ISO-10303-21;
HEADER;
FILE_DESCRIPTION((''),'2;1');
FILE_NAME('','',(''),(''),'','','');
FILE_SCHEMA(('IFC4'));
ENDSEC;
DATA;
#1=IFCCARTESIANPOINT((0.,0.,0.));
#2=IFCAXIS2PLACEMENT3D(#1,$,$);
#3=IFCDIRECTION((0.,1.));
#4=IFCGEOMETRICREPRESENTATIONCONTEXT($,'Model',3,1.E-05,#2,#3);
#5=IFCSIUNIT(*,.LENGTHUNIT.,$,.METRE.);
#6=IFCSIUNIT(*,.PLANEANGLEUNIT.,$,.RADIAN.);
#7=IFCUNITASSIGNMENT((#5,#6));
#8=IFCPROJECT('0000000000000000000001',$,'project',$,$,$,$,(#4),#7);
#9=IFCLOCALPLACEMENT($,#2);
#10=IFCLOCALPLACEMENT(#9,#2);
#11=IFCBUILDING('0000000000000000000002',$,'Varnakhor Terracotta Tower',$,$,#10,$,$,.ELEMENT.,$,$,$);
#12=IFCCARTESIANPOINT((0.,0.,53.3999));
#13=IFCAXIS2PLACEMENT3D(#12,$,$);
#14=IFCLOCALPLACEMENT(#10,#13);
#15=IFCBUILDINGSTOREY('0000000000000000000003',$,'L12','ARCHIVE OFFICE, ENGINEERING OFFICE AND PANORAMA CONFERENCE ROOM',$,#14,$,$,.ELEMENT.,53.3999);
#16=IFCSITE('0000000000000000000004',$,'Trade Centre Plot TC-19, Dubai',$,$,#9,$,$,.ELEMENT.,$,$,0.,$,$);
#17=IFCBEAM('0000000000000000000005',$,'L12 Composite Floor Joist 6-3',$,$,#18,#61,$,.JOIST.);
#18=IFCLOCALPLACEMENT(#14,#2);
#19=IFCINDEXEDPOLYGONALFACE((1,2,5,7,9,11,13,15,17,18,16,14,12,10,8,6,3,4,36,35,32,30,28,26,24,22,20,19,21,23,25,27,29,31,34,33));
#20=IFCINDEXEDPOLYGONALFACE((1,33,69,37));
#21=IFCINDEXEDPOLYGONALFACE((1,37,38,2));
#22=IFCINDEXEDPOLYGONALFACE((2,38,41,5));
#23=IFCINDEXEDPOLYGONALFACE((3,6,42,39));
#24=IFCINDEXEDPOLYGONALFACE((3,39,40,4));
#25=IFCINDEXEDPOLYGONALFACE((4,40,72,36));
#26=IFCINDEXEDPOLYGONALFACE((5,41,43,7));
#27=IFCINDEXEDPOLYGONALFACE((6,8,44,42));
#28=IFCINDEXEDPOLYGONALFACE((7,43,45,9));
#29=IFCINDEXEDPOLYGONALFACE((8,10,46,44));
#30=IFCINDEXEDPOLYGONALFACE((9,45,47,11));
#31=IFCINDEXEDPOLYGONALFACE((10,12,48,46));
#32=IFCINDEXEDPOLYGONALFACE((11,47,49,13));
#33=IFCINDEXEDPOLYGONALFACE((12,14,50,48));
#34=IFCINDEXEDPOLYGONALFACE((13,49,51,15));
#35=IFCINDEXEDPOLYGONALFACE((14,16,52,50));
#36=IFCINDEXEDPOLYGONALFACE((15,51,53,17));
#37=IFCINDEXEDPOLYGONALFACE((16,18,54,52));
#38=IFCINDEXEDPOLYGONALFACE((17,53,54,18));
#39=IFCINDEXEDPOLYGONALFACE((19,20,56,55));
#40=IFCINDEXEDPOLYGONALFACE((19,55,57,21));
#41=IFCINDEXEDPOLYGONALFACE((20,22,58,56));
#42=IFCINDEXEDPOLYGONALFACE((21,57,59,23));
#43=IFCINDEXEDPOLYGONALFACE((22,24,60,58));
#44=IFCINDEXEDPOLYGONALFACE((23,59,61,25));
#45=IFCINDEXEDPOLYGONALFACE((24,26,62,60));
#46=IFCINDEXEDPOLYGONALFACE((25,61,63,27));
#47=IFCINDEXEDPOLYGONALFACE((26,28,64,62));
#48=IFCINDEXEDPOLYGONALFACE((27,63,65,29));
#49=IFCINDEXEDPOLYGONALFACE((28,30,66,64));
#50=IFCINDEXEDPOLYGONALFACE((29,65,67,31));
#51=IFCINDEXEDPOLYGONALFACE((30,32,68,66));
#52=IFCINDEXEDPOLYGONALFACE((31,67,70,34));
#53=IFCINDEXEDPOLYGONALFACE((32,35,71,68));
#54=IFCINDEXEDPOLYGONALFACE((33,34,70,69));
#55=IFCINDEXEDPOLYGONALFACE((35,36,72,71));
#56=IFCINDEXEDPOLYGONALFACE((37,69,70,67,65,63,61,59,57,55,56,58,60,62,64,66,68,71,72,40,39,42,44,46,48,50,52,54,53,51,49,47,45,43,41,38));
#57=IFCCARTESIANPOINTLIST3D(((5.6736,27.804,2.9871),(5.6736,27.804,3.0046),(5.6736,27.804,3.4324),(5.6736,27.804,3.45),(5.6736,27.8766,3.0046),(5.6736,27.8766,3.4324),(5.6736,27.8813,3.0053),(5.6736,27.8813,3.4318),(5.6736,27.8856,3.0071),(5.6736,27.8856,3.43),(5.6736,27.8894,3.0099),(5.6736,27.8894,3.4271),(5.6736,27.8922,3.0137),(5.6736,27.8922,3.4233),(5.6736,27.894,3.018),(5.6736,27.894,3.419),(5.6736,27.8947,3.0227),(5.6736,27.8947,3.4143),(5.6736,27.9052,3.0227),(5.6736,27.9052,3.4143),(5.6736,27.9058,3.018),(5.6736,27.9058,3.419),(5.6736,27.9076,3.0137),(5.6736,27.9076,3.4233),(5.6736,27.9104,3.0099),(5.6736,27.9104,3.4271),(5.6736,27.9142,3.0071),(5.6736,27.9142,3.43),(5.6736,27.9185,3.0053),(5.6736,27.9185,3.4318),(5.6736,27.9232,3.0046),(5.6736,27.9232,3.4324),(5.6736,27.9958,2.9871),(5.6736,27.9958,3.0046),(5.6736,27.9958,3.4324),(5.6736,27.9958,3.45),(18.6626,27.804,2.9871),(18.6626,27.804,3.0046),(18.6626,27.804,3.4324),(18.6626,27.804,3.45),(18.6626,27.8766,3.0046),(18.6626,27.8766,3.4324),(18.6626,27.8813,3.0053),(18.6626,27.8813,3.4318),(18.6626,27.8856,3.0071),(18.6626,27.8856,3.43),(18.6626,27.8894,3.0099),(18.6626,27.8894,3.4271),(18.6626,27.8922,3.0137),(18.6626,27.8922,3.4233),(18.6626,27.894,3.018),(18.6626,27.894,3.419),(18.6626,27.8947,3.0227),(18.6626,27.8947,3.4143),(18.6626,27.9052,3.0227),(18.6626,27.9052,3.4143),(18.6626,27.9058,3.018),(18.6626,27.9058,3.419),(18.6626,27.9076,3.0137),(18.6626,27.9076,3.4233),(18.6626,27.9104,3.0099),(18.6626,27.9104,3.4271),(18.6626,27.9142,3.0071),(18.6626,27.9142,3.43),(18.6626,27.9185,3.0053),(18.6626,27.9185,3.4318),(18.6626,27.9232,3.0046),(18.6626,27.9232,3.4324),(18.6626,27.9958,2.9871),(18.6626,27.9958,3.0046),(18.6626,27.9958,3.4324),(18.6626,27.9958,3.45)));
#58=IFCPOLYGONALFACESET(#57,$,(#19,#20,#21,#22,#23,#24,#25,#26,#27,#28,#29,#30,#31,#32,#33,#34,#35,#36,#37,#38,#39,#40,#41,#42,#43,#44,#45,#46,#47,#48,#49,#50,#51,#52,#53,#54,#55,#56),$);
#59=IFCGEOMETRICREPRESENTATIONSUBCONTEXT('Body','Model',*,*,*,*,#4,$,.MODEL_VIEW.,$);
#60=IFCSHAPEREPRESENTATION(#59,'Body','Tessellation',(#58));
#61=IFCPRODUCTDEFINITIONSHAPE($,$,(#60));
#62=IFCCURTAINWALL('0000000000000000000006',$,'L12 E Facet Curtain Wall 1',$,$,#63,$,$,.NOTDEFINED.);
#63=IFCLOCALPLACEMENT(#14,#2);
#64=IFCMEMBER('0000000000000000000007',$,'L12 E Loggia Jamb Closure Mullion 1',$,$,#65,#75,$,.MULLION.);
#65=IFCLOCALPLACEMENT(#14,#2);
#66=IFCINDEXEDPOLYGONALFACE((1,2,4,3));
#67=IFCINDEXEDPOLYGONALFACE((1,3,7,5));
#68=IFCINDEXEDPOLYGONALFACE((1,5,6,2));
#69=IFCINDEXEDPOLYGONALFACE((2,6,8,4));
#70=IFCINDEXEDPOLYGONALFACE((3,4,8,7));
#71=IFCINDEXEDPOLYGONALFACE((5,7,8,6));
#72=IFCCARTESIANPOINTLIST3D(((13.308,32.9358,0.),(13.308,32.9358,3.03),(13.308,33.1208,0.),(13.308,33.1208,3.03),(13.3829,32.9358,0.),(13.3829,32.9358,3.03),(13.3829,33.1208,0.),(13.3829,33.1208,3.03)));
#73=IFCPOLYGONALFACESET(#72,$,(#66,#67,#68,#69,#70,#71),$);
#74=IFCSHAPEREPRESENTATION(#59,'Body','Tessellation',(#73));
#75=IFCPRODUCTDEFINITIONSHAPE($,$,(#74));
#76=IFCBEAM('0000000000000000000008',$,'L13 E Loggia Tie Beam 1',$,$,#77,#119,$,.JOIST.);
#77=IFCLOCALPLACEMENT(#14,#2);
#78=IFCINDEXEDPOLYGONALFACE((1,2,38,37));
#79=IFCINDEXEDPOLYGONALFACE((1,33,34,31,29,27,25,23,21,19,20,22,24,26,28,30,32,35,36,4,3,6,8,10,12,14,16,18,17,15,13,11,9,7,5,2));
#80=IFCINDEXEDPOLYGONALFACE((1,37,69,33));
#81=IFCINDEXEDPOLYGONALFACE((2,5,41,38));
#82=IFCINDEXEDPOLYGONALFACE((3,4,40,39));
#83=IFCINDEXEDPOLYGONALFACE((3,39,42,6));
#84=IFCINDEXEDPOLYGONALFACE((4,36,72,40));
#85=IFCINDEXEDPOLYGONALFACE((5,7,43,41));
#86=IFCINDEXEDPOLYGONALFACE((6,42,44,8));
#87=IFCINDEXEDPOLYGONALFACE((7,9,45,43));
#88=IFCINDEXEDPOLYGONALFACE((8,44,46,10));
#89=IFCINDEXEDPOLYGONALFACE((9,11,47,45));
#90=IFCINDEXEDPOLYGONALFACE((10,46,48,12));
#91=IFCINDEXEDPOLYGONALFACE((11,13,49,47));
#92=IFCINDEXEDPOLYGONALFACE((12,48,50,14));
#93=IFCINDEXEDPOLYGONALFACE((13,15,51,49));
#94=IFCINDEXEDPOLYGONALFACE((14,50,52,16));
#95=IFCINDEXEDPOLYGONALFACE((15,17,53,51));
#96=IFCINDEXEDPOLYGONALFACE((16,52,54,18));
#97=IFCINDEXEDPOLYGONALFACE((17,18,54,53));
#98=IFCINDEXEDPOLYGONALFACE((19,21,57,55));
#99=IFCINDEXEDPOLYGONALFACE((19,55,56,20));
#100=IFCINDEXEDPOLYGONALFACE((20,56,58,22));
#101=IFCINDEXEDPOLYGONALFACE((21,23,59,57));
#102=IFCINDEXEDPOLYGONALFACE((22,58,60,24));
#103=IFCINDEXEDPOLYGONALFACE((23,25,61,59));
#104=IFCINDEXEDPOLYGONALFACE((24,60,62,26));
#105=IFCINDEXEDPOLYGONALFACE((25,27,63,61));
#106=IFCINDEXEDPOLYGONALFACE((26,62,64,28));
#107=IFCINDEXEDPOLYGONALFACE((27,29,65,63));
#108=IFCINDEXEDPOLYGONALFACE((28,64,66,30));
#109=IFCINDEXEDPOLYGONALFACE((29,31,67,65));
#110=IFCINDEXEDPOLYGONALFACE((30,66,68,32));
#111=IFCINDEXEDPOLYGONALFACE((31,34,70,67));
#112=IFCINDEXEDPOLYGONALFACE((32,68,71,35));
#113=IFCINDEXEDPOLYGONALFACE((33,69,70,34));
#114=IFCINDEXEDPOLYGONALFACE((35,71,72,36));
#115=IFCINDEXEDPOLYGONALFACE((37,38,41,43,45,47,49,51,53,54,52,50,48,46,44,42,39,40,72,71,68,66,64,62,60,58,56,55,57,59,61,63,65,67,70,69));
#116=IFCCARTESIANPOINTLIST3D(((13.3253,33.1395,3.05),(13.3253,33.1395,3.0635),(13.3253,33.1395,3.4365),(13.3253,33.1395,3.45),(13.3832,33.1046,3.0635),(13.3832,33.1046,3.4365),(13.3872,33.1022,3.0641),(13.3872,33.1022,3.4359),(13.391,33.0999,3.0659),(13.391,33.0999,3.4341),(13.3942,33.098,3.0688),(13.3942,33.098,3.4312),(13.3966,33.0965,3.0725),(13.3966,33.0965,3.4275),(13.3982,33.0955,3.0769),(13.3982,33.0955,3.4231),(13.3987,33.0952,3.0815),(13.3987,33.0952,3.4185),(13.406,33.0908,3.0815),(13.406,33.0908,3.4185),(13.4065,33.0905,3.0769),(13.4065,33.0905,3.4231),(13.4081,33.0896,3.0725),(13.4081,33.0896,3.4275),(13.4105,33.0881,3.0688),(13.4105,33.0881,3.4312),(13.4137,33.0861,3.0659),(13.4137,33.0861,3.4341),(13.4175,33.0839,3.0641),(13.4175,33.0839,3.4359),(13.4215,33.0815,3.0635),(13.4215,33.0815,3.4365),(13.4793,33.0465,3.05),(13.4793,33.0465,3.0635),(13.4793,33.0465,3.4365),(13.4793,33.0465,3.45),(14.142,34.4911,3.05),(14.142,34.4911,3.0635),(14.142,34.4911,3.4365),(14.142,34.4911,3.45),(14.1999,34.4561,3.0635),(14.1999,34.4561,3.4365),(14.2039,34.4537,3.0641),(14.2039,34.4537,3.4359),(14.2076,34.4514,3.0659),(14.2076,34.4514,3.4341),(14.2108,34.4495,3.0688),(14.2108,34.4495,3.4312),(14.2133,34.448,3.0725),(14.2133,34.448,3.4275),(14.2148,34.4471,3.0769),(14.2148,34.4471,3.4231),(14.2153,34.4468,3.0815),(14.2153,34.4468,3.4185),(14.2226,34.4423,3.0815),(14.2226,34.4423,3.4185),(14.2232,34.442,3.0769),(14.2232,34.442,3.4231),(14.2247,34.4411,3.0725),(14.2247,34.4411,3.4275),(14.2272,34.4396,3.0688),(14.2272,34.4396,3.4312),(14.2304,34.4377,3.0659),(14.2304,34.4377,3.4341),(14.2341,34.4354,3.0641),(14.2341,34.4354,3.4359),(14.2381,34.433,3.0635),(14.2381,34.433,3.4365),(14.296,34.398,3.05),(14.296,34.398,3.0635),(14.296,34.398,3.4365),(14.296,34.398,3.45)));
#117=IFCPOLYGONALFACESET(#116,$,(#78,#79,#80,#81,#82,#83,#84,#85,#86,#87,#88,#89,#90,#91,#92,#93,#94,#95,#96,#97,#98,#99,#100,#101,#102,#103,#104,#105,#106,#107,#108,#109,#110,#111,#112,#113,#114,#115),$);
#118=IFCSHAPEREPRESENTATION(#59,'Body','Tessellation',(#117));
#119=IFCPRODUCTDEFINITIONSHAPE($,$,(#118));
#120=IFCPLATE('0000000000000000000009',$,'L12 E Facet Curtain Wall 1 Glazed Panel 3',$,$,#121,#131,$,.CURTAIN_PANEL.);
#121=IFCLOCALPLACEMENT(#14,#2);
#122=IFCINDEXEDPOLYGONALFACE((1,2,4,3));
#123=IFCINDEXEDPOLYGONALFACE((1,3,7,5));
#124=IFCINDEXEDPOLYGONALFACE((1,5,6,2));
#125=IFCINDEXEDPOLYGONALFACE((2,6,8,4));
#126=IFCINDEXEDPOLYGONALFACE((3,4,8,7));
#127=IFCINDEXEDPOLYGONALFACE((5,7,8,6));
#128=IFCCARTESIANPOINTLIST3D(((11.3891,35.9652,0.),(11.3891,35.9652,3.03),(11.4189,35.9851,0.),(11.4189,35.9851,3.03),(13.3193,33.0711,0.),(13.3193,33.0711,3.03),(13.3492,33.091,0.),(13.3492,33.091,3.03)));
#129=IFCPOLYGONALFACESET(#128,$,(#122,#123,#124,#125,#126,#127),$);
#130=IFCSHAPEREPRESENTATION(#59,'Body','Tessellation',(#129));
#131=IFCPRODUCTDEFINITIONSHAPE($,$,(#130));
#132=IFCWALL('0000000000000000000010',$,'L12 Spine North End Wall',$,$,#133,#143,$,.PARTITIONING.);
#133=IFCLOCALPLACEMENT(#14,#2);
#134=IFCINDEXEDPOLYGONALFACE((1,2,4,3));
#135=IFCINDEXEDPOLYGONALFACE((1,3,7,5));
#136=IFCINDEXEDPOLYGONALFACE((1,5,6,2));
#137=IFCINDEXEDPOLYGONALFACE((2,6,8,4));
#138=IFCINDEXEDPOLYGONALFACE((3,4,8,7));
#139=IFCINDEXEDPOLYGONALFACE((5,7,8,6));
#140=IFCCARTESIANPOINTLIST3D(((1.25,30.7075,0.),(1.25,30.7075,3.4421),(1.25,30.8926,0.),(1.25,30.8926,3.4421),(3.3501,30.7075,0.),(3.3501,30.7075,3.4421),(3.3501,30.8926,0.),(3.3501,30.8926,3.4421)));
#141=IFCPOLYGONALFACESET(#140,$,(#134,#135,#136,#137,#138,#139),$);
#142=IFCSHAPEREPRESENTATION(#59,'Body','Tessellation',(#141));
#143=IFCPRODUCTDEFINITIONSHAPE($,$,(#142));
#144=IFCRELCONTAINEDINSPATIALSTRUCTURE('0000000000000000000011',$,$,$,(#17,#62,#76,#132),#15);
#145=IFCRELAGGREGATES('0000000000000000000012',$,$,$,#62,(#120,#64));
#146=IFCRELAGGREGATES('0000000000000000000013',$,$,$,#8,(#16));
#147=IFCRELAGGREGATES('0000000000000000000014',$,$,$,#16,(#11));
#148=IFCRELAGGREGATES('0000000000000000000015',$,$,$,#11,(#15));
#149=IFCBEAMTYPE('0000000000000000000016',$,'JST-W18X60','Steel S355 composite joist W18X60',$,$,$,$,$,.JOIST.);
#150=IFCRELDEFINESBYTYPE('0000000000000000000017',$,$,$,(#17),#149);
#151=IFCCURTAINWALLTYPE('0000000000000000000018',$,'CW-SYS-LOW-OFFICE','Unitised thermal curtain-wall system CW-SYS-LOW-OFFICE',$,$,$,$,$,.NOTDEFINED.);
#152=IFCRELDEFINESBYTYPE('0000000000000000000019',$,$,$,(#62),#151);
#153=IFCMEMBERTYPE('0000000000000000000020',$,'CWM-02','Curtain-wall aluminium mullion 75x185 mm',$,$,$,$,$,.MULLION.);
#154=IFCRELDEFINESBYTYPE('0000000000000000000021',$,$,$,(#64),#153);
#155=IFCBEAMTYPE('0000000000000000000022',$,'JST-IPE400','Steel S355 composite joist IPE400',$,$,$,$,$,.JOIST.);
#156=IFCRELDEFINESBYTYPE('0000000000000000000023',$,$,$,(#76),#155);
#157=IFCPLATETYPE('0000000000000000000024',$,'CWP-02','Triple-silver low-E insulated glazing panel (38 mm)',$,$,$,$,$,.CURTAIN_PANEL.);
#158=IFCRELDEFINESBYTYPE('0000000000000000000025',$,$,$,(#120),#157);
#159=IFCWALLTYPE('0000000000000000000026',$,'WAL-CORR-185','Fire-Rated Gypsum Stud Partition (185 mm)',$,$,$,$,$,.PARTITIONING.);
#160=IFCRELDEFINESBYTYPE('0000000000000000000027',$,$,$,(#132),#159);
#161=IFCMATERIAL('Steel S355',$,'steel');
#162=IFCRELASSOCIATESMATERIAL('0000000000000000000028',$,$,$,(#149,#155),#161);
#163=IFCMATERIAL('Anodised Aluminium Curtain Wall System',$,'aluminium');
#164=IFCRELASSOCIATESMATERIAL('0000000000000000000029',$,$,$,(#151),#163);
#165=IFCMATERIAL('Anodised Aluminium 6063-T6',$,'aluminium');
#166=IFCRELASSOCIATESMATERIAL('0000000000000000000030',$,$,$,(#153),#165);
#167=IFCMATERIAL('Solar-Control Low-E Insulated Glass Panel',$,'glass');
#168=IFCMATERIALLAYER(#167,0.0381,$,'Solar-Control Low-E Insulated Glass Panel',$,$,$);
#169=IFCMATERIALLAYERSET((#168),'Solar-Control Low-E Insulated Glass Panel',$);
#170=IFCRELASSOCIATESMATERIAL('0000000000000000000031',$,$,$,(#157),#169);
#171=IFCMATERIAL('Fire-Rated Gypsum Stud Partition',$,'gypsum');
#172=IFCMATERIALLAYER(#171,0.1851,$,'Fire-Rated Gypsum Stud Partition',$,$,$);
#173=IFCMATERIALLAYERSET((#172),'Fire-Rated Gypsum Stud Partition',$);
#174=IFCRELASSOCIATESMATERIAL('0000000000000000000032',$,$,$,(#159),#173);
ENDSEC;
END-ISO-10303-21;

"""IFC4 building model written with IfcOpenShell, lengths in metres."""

from ifc_helpers import new_model, si_unit, direction, frame, frame_2d, origin, origin_2d, place, context, subcontext, project, spatial, rectangle, i_section, extrude, source, transform, mapped, material, layer, layer_set, material_profile, profile_set, type_object, type_shapes, element, aggregate, save


model = new_model("IFC4")

# Units and contexts
model_context = context("Model", 3, precision=1e-05, world=origin(), true_north=direction((0.0, 1.0)))
body_context = subcontext(model_context, "Body", "Model", "MODEL_VIEW")
ifc_project = project(units=[si_unit("LENGTHUNIT", "METRE"), si_unit("PLANEANGLEUNIT", "RADIAN")], contexts=[model_context])

# Site, building, storey
site_placement = place(None, origin())
site = spatial("IfcSite", under=ifc_project, at=site_placement, Name="Trade Centre Plot TC-19, Dubai", CompositionType="ELEMENT", RefElevation=0.0)
building_placement = place(site_placement, origin())
building = spatial("IfcBuilding", under=site, at=building_placement, Name="Varnakhor Terracotta Tower", CompositionType="ELEMENT")
storey_placement = place(building_placement, frame((0.0, 0.0, 53.3999)))
storey = spatial("IfcBuildingStorey", under=building, at=storey_placement, Name="L12", Description="ARCHIVE OFFICE, ENGINEERING OFFICE AND PANORAMA CONFERENCE ROOM", CompositionType="ELEMENT", Elevation=53.3999)

# Beam
ifc_material_1 = material(Name="Steel S355", Category="steel")
ifc_material_profile_1 = material_profile(ifc_material_1, i_section(OverallWidth=0.1919, OverallDepth=0.4629, WebThickness=0.0105, FlangeThickness=0.0176, FilletRadius=0.0181, at=origin_2d()), Name="W18X60")
ifc_profile_set_1 = profile_set([ifc_material_profile_1], Name="Steel S355")
beam_type_1 = type_object("IfcBeamType", Name="JST-W18X60", Description="Steel S355 composite joist W18X60", PredefinedType="JOIST", material=ifc_profile_set_1)
shared_shape_1 = source(origin(), body_context, "Body", "SweptSolid", [
    extrude(i_section(OverallWidth=0.1919, OverallDepth=0.4629, WebThickness=0.0105, FlangeThickness=0.0176, FilletRadius=0.0181, at=origin_2d()), origin(), (0.0, 0.0, 1.0), 12.989),
])
beam_1_placement = place(storey_placement, frame((5.6736, 27.8999, 3.2185), z_axis=(1.0, 0.0, 0.0), x_axis=(0.0, 1.0, 0.0)))
element("IfcBeam", 1, at=beam_1_placement, inside=storey, type_object=beam_type_1, Name="L12 Composite Floor Joist 6-3", PredefinedType="JOIST", context=body_context, shape_type="MappedRepresentation", body=[
    mapped(shared_shape_1, transform((0.0, 0.0, 0.0), scale=1.0)),
])

# Curtain wall, member
ifc_material_2 = material(Name="Anodised Aluminium Curtain Wall System", Category="aluminium")
curtain_wall_type = type_object("IfcCurtainWallType", Name="CW-SYS-LOW-OFFICE", Description="Unitised thermal curtain-wall system CW-SYS-LOW-OFFICE", PredefinedType="NOTDEFINED", material=ifc_material_2)
curtain_wall_placement = place(storey_placement, origin())
curtain_wall = element("IfcCurtainWall", 2, at=curtain_wall_placement, inside=storey, type_object=curtain_wall_type, Name="L12 E Facet Curtain Wall 1", PredefinedType="NOTDEFINED")
ifc_material_3 = material(Name="Anodised Aluminium 6063-T6", Category="aluminium")
ifc_material_profile_2 = material_profile(ifc_material_3, rectangle(XDim=0.075, YDim=0.1851, at=origin_2d()), Name="ALU MULLION 75x185")
ifc_profile_set_2 = profile_set([ifc_material_profile_2], Name="Anodised Aluminium 6063-T6")
member_type = type_object("IfcMemberType", Name="CWM-02", Description="Curtain-wall aluminium mullion 75x185 mm", PredefinedType="MULLION", material=ifc_profile_set_2)
shared_shape_2 = source(origin(), body_context, "Body", "SweptSolid", [
    extrude(rectangle(XDim=0.075, YDim=0.1851, at=origin_2d()), origin(), (0.0, 0.0, 1.0), 3.03),
])
type_shapes(member_type, [shared_shape_2])
member_placement = place(storey_placement, frame((13.3455, 33.0283, 0.0), z_axis=(0.0, 0.0, 1.0), x_axis=(1.0, 0.0, 0.0)))
member = element("IfcMember", 3, at=member_placement, type_object=member_type, Name="L12 E Loggia Jamb Closure Mullion 1", PredefinedType="MULLION", context=body_context, shape_type="MappedRepresentation", body=[
    mapped(shared_shape_2, transform((0.0, 0.0, 0.0), scale=1.0)),
])

# Beam
ifc_material_profile_3 = material_profile(ifc_material_1, i_section(OverallWidth=0.1799, OverallDepth=0.3999, WebThickness=0.0085, FlangeThickness=0.0134, FilletRadius=0.0181, at=origin_2d()), Name="IPE400")
ifc_profile_set_3 = profile_set([ifc_material_profile_3], Name="Steel S355")
beam_type_2 = type_object("IfcBeamType", Name="JST-IPE400", Description="Steel S355 composite joist IPE400", PredefinedType="JOIST", material=ifc_profile_set_3)
shared_shape_3 = source(origin(), body_context, "Body", "SweptSolid", [
    extrude(i_section(OverallWidth=0.1799, OverallDepth=0.3999, WebThickness=0.0085, FlangeThickness=0.0134, FilletRadius=0.0181, at=origin_2d()), origin(), (0.0, 0.0, 1.0), 1.5791),
])
beam_2_placement = place(storey_placement, frame((13.4023, 33.093, 3.25), z_axis=(0.517153, 0.855893, 0.0), x_axis=(-0.855893, 0.517153, 0.0)))
element("IfcBeam", 4, at=beam_2_placement, inside=storey, type_object=beam_type_2, Name="L13 E Loggia Tie Beam 1", PredefinedType="JOIST", context=body_context, shape_type="MappedRepresentation", body=[
    mapped(shared_shape_3, transform((0.0, 0.0, 0.0), scale=1.0)),
])

# Plate
ifc_material_4 = material(Name="Solar-Control Low-E Insulated Glass Panel", Category="glass")
ifc_layer_1 = layer(ifc_material_4, 0.0381, Name="Solar-Control Low-E Insulated Glass Panel")
ifc_layer_set_1 = layer_set([ifc_layer_1], Name="Solar-Control Low-E Insulated Glass Panel")
plate_type = type_object("IfcPlateType", Name="CWP-02", Description="Triple-silver low-E insulated glazing panel (38 mm)", PredefinedType="CURTAIN_PANEL", material=ifc_layer_set_1)
shared_shape_4 = source(origin(), body_context, "Body", "SweptSolid", [
    extrude(rectangle(XDim=3.4788, YDim=0.0359, at=origin_2d()), origin(), (0.0, 0.0, 1.0), 3.03),
])
plate_placement = place(storey_placement, frame((12.3691, 34.5281, 0.0), z_axis=(0.0, 0.0, 1.0), x_axis=(0.554873, -0.831935, 0.0)))
plate = element("IfcPlate", 5, at=plate_placement, type_object=plate_type, Name="L12 E Facet Curtain Wall 1 Glazed Panel 3", PredefinedType="CURTAIN_PANEL", context=body_context, shape_type="MappedRepresentation", body=[
    mapped(shared_shape_4, transform((0.0, 0.0, 0.0), scale=1.0)),
])
aggregate(curtain_wall, [plate, member])

# Wall
ifc_material_5 = material(Name="Fire-Rated Gypsum Stud Partition", Category="gypsum")
ifc_layer_2 = layer(ifc_material_5, 0.1851, Name="Fire-Rated Gypsum Stud Partition")
ifc_layer_set_2 = layer_set([ifc_layer_2], Name="Fire-Rated Gypsum Stud Partition")
wall_type_1 = type_object("IfcWallType", Name="WAL-CORR-185", Description="Fire-Rated Gypsum Stud Partition (185 mm)", PredefinedType="PARTITIONING", material=ifc_layer_set_2)
wall_1_placement = place(storey_placement, frame((1.25, 30.8, 0.0), z_axis=(0.0, 0.0, 1.0), x_axis=(1.0, 0.0, 0.0)))
element("IfcWall", 6, at=wall_1_placement, inside=storey, type_object=wall_type_1, Name="L12 Spine North End Wall", PredefinedType="PARTITIONING", context=body_context, shape_type="SweptSolid", body=[
    extrude(rectangle(XDim=2.1001, YDim=0.1851, at=frame_2d((1.05, 0.0))), origin(), (0.0, 0.0, 1.0), 3.4421),
])

save(model, "model.ifc")
